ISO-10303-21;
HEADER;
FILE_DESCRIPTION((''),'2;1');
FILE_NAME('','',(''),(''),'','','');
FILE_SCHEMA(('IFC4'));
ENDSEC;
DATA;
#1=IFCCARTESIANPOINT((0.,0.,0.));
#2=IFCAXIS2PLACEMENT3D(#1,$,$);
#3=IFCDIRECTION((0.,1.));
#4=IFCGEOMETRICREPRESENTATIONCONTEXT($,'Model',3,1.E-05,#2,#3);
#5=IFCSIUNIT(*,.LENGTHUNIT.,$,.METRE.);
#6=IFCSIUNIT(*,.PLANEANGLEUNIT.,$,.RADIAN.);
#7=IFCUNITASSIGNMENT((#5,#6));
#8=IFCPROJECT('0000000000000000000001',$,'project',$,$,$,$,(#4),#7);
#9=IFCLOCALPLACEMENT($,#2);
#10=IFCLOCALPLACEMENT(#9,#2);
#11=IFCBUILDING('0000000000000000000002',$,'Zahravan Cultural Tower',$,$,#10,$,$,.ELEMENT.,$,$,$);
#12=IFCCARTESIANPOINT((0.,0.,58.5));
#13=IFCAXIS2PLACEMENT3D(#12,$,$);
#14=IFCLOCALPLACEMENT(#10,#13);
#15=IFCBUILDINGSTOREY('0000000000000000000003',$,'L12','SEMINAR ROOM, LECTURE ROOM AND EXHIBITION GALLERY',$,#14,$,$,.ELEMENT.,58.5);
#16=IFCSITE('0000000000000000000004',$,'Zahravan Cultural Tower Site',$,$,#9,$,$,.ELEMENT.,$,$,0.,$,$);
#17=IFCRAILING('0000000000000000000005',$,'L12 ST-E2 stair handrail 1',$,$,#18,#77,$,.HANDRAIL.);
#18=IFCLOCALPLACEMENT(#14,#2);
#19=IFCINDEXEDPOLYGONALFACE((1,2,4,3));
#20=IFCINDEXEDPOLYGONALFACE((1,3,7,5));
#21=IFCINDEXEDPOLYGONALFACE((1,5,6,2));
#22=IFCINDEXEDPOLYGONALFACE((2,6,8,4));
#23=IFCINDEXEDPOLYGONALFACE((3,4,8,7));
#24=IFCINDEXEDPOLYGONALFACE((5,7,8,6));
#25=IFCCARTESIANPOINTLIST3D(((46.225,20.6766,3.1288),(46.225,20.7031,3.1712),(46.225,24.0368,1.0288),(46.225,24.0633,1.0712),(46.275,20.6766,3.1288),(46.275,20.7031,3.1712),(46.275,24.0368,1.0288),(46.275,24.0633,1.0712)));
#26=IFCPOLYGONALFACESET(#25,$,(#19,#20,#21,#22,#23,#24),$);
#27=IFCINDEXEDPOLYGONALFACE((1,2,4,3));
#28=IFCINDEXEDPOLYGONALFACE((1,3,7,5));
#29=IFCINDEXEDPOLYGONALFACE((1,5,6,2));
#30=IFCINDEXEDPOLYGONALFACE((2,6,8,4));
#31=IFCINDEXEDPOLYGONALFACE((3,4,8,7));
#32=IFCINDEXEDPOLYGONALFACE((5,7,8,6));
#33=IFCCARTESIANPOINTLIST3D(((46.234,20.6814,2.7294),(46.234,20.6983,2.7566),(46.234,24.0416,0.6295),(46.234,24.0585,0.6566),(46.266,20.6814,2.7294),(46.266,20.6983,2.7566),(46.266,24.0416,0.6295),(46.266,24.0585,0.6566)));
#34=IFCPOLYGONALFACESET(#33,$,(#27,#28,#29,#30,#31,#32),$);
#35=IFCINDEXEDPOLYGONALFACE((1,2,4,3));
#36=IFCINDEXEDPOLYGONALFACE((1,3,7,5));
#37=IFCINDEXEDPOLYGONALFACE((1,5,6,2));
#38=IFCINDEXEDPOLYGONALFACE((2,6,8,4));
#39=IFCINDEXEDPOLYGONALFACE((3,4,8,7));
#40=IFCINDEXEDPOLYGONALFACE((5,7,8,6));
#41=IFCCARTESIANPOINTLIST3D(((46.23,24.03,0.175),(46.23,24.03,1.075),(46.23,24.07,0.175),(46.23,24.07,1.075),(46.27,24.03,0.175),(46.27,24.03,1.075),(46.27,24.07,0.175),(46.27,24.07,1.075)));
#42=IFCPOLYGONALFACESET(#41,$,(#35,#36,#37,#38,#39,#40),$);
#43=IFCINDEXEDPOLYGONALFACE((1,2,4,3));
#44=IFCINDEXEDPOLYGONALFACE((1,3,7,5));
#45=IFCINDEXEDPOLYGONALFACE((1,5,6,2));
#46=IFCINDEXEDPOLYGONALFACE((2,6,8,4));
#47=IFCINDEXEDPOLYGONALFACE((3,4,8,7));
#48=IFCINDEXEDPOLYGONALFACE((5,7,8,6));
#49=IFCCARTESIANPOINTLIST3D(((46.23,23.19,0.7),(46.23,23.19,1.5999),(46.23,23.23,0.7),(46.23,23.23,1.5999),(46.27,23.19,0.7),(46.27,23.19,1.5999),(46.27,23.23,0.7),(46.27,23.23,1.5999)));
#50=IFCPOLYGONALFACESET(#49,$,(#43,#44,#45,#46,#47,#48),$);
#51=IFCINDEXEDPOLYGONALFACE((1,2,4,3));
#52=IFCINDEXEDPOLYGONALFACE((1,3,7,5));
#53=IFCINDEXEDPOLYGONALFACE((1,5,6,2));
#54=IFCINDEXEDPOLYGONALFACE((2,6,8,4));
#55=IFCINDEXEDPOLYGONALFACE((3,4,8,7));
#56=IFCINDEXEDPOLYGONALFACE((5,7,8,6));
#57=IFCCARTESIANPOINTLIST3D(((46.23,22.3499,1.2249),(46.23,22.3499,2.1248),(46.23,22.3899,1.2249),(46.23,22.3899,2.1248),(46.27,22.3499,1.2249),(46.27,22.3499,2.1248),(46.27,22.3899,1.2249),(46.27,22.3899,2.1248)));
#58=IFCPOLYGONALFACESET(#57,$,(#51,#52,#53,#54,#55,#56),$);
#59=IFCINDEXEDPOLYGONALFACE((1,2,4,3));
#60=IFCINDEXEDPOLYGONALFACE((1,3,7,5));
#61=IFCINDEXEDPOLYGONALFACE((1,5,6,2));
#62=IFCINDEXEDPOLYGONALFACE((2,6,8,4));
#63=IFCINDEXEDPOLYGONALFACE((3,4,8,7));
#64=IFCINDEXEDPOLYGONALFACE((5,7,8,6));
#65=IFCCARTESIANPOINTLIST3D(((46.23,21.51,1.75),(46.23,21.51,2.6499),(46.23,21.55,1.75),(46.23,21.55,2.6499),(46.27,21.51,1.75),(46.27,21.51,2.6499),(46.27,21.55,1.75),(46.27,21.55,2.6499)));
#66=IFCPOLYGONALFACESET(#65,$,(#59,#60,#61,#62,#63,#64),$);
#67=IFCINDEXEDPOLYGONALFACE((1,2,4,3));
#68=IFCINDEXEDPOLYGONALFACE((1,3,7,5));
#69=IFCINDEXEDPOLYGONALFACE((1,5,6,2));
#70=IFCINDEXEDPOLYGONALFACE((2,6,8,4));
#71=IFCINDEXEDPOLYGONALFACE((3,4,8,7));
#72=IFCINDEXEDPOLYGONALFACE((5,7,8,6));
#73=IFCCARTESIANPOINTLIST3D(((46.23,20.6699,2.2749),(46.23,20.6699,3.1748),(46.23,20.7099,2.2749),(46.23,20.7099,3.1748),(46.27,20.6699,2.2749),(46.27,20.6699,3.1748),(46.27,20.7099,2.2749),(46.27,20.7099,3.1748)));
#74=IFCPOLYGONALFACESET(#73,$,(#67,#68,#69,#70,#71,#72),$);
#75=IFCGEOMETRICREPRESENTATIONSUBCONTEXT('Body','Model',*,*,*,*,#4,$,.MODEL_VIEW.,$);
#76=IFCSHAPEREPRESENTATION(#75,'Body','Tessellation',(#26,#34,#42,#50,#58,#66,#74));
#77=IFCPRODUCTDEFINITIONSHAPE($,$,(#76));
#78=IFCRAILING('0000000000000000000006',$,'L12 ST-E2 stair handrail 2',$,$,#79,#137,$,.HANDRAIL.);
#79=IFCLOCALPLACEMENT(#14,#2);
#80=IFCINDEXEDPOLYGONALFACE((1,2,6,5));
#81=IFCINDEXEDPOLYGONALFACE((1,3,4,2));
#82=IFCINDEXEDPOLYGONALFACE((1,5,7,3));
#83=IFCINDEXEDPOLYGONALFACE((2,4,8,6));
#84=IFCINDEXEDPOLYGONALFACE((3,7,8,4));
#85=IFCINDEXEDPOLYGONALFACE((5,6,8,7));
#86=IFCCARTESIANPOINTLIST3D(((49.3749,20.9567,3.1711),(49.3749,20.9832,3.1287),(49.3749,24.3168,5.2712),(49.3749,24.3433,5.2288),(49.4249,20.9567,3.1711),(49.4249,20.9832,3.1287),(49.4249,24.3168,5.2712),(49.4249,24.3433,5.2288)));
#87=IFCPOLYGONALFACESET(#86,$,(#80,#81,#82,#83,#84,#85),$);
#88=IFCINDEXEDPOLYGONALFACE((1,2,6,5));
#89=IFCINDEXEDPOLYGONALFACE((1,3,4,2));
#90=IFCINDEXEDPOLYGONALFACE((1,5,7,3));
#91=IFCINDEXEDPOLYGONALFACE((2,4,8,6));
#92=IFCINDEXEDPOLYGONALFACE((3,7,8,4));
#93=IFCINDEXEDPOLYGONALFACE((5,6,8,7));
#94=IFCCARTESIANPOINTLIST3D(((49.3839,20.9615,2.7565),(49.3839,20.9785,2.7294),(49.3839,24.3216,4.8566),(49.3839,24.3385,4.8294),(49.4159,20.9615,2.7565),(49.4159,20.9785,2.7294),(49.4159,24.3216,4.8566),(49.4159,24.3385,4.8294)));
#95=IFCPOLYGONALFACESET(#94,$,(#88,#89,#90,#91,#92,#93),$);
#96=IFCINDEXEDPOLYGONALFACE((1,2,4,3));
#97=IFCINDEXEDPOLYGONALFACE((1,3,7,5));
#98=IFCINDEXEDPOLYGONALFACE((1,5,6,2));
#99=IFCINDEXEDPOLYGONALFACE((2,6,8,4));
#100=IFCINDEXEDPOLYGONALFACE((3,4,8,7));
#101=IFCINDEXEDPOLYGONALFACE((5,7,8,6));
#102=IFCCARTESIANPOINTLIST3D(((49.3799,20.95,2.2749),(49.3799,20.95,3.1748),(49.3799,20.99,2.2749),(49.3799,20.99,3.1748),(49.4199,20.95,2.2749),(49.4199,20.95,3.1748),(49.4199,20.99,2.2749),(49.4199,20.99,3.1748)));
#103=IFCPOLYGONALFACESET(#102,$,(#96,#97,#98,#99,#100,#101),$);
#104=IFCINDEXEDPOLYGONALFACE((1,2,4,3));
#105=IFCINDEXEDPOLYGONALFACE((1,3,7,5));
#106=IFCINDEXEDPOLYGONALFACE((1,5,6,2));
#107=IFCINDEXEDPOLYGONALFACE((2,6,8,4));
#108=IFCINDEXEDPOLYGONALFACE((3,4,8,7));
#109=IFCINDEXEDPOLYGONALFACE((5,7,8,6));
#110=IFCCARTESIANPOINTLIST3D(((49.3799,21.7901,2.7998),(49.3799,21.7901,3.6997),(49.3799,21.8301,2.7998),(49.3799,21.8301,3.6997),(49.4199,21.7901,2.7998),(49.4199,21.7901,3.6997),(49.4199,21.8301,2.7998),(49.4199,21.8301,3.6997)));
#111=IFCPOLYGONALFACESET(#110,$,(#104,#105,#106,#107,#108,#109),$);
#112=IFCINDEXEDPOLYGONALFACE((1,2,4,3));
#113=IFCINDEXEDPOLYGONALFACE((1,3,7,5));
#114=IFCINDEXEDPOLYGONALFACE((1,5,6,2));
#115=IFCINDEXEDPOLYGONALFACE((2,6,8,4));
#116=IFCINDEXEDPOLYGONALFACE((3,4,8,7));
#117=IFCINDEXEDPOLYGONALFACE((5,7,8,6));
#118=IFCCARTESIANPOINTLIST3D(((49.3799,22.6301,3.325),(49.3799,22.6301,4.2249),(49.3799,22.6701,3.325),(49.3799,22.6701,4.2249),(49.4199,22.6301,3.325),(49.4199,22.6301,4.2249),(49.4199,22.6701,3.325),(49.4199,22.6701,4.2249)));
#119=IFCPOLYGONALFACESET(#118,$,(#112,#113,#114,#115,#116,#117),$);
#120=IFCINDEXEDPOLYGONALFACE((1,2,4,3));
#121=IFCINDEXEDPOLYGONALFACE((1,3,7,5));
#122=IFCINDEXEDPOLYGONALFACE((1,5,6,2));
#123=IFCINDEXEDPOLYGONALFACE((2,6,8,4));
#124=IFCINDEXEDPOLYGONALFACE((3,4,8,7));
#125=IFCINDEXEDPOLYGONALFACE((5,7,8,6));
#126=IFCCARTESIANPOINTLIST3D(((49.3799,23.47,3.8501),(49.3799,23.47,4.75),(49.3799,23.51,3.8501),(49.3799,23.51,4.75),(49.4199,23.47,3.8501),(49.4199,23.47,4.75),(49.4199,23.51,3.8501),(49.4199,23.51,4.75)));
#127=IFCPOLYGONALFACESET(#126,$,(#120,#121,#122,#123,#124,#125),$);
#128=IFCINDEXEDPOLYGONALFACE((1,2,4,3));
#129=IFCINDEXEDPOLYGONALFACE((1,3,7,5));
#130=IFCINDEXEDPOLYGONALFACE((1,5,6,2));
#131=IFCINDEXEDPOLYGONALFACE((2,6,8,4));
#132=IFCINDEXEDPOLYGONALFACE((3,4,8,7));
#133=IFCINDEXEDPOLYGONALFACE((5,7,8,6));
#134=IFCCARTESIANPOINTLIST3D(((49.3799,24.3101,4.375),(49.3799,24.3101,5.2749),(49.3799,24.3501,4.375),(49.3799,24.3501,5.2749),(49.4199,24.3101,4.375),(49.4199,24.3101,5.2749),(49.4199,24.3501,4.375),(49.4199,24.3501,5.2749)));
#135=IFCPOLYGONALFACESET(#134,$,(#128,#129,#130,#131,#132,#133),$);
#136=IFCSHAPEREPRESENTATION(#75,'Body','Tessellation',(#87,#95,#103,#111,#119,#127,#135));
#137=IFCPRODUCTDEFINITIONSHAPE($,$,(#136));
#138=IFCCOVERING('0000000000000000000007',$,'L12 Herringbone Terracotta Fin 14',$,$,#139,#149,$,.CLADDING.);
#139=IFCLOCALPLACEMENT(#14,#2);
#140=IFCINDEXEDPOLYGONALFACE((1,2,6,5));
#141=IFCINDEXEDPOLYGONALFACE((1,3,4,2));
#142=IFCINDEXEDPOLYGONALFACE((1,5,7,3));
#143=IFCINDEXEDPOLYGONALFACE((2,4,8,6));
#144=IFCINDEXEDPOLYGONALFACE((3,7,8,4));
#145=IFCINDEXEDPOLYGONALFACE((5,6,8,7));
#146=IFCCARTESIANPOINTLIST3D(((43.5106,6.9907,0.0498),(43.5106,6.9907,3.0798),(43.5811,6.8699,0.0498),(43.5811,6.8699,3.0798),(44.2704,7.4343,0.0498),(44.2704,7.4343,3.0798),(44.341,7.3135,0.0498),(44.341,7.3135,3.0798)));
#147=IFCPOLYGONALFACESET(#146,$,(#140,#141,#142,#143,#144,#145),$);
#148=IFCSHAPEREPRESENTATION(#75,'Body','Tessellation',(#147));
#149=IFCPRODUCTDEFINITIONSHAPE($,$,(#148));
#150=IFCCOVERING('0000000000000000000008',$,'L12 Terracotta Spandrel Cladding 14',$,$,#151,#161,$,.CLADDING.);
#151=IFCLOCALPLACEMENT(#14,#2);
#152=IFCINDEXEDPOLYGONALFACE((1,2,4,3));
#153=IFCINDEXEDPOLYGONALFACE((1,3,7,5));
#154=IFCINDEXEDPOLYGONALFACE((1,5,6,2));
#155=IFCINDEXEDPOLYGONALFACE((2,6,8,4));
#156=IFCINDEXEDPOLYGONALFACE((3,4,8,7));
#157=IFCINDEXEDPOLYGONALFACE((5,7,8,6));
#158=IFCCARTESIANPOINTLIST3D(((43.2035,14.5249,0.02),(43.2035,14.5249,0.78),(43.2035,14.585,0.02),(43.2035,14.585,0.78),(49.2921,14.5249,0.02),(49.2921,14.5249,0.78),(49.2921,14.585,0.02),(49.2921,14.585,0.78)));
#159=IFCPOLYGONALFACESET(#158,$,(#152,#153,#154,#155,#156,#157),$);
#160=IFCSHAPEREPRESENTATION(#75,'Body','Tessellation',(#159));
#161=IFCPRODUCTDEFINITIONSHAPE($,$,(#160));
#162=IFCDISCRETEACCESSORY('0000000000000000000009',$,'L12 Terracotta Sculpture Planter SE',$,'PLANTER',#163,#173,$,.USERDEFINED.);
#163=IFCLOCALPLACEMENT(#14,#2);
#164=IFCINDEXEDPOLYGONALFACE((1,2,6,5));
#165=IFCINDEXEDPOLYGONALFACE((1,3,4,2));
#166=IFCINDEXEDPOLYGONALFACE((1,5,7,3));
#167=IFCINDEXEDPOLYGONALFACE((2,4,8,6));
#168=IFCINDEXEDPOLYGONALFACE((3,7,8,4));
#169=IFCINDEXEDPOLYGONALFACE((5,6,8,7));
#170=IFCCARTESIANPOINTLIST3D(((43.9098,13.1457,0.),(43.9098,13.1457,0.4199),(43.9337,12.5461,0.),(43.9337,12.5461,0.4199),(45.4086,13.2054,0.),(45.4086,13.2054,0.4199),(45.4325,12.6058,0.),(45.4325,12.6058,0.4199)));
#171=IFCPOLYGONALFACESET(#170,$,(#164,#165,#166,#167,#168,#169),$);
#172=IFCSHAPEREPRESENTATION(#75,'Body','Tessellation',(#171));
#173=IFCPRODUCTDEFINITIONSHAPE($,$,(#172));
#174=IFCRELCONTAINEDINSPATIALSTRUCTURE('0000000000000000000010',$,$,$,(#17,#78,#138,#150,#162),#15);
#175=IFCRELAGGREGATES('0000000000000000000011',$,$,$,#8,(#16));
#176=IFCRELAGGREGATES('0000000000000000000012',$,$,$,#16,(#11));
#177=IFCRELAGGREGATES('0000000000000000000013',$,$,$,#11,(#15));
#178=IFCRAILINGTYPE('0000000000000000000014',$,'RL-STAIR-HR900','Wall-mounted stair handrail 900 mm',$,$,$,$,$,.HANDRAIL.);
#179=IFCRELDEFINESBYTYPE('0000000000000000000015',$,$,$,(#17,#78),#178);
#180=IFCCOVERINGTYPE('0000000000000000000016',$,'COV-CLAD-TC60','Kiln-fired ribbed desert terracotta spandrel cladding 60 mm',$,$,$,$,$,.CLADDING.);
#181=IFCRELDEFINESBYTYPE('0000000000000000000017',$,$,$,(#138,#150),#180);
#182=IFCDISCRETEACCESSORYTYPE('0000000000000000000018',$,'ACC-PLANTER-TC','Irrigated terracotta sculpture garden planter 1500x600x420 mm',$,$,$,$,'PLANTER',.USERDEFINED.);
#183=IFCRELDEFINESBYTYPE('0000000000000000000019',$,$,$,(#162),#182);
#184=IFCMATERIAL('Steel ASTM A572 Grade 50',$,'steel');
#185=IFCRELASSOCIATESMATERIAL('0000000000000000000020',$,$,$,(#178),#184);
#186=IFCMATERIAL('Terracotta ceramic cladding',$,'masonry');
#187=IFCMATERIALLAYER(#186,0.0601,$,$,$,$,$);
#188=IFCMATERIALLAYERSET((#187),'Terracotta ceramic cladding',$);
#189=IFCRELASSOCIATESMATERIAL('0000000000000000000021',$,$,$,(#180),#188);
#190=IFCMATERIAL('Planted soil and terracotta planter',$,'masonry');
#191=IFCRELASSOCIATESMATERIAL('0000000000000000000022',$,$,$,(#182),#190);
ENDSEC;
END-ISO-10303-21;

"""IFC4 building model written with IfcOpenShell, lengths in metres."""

from ifc_helpers import new_model, si_unit, direction, frame, origin, origin_2d, place, context, subcontext, project, spatial, rectangle, extrude, source, transform, mapped, material, layer, layer_set, type_object, element, save


model = new_model("IFC4")

# Units and contexts
model_context = context("Model", 3, precision=1e-05, world=origin(), true_north=direction((0.0, 1.0)))
body_context = subcontext(model_context, "Body", "Model", "MODEL_VIEW")
ifc_project = project(units=[si_unit("LENGTHUNIT", "METRE"), si_unit("PLANEANGLEUNIT", "RADIAN")], contexts=[model_context])

# Site, building, storey
site_placement = place(None, origin())
site = spatial("IfcSite", under=ifc_project, at=site_placement, Name="Zahravan Cultural Tower Site", CompositionType="ELEMENT", RefElevation=0.0)
building_placement = place(site_placement, origin())
building = spatial("IfcBuilding", under=site, at=building_placement, Name="Zahravan Cultural Tower", CompositionType="ELEMENT")
storey_placement = place(building_placement, frame((0.0, 0.0, 58.5)))
storey = spatial("IfcBuildingStorey", under=building, at=storey_placement, Name="L12", Description="SEMINAR ROOM, LECTURE ROOM AND EXHIBITION GALLERY", CompositionType="ELEMENT", Elevation=58.5)

# Shared definitions
ifc_material_1 = material(Name="Steel ASTM A572 Grade 50", Category="steel")

# Railings
railing_type_1 = type_object("IfcRailingType", Name="RL-STAIR-HR900", Description="Wall-mounted stair handrail 900 mm", PredefinedType="HANDRAIL", material=ifc_material_1)
railing_1_placement = place(storey_placement, frame((46.25, 24.05, 0.175)))
element("IfcRailing", 1, at=railing_1_placement, inside=storey, type_object=railing_type_1, Name="L12 ST-E2 stair handrail 1", PredefinedType="HANDRAIL", context=body_context, shape_type="SweptSolid", body=[
    extrude(rectangle(XDim=0.05, YDim=0.05, at=origin_2d()), frame((0.0, 0.0, 0.875), z_axis=(0.0, -0.848023, 0.52996), x_axis=(1.0, 0.0, 0.0)), (0.0, 0.0, 1.0), 3.9624),
    extrude(rectangle(XDim=0.032, YDim=0.032, at=origin_2d()), frame((0.0, 0.0, 0.468), z_axis=(0.0, -0.848023, 0.52996), x_axis=(1.0, 0.0, 0.0)), (0.0, 0.0, 1.0), 3.9624),
    extrude(rectangle(XDim=0.04, YDim=0.04, at=origin_2d()), origin(), (0.0, 0.0, 1.0), 0.8999),
    extrude(rectangle(XDim=0.04, YDim=0.04, at=origin_2d()), frame((0.0, -0.8401, 0.5249)), (0.0, 0.0, 1.0), 0.8999),
    extrude(rectangle(XDim=0.04, YDim=0.04, at=origin_2d()), frame((0.0, -1.6802, 1.0498)), (0.0, 0.0, 1.0), 0.8999),
    extrude(rectangle(XDim=0.04, YDim=0.04, at=origin_2d()), frame((0.0, -2.52, 1.575)), (0.0, 0.0, 1.0), 0.8999),
    extrude(rectangle(XDim=0.04, YDim=0.04, at=origin_2d()), frame((0.0, -3.3601, 2.0999)), (0.0, 0.0, 1.0), 0.8999),
])
railing_2_placement = place(storey_placement, frame((49.3999, 20.97, 2.2749)))
element("IfcRailing", 2, at=railing_2_placement, inside=storey, type_object=railing_type_1, Name="L12 ST-E2 stair handrail 2", PredefinedType="HANDRAIL", context=body_context, shape_type="SweptSolid", body=[
    extrude(rectangle(XDim=0.05, YDim=0.05, at=origin_2d()), frame((0.0, 0.0, 0.875), z_axis=(0.0, 0.847995, 0.530004), x_axis=(-1.0, 0.0, 0.0)), (0.0, 0.0, 1.0), 3.9624),
    extrude(rectangle(XDim=0.032, YDim=0.032, at=origin_2d()), frame((0.0, 0.0, 0.468), z_axis=(0.0, 0.847995, 0.530004), x_axis=(-1.0, 0.0, 0.0)), (0.0, 0.0, 1.0), 3.9624),
    extrude(rectangle(XDim=0.04, YDim=0.04, at=origin_2d()), origin(), (0.0, 0.0, 1.0), 0.8999),
    extrude(rectangle(XDim=0.04, YDim=0.04, at=origin_2d()), frame((0.0, 0.8401, 0.5249)), (0.0, 0.0, 1.0), 0.8999),
    extrude(rectangle(XDim=0.04, YDim=0.04, at=origin_2d()), frame((0.0, 1.6802, 1.05)), (0.0, 0.0, 1.0), 0.8999),
    extrude(rectangle(XDim=0.04, YDim=0.04, at=origin_2d()), frame((0.0, 2.52, 1.5752)), (0.0, 0.0, 1.0), 0.8999),
    extrude(rectangle(XDim=0.04, YDim=0.04, at=origin_2d()), frame((0.0, 3.3601, 2.1001)), (0.0, 0.0, 1.0), 0.8999),
])

# Coverings
ifc_material_2 = material(Name="Terracotta ceramic cladding", Category="masonry")
ifc_layer_1 = layer(ifc_material_2, 0.0601)
ifc_layer_set_1 = layer_set([ifc_layer_1], Name="Terracotta ceramic cladding")
covering_type = type_object("IfcCoveringType", Name="COV-CLAD-TC60", Description="Kiln-fired ribbed desert terracotta spandrel cladding 60 mm", PredefinedType="CLADDING", material=ifc_layer_set_1)
shared_shape_1 = source(origin(), body_context, "Body", "SweptSolid", [
    extrude(rectangle(XDim=0.8799, YDim=0.1399, at=origin_2d()), origin(), (0.0, 0.0, 1.0), 3.03),
])
covering_1_placement = place(storey_placement, frame((43.9258, 7.1521, 0.0498), z_axis=(0.0, 0.0, 1.0), x_axis=(0.863572, 0.504226, 0.0)))
element("IfcCovering", 3, at=covering_1_placement, inside=storey, type_object=covering_type, Name="L12 Herringbone Terracotta Fin 14", PredefinedType="CLADDING", context=body_context, shape_type="MappedRepresentation", body=[
    mapped(shared_shape_1, transform((0.0, 0.0, 0.0), x_axis=(1.0, 0.0, 0.0), y_axis=(0.0, 1.0, 0.0), z_axis=(0.0, 0.0, 1.0), scale=1.0)),
])
shared_shape_2 = source(origin(), body_context, "Body", "SweptSolid", [
    extrude(rectangle(XDim=6.0886, YDim=0.0601, at=origin_2d()), origin(), (0.0, 0.0, 1.0), 0.76),
])
covering_2_placement = place(storey_placement, frame((46.2478, 14.5549, 0.02), z_axis=(0.0, 0.0, 1.0), x_axis=(-1.0, 0.0, 0.0)))
element("IfcCovering", 4, at=covering_2_placement, inside=storey, type_object=covering_type, Name="L12 Terracotta Spandrel Cladding 14", PredefinedType="CLADDING", context=body_context, shape_type="MappedRepresentation", body=[
    mapped(shared_shape_2, transform((0.0, 0.0, 0.0), x_axis=(1.0, 0.0, 0.0), y_axis=(0.0, 1.0, 0.0), z_axis=(0.0, 0.0, 1.0), scale=1.0)),
])

# Discrete accessory
ifc_material_3 = material(Name="Planted soil and terracotta planter", Category="masonry")
discrete_accessory_type = type_object("IfcDiscreteAccessoryType", Name="ACC-PLANTER-TC", Description="Irrigated terracotta sculpture garden planter 1500x600x420 mm", ElementType="PLANTER", PredefinedType="USERDEFINED", material=ifc_material_3)
shared_shape_3 = source(origin(), body_context, "Body", "SweptSolid", [
    extrude(rectangle(XDim=1.5, YDim=0.6001, at=origin_2d()), origin(), (0.0, 0.0, 1.0), 0.4199),
])
discrete_accessory_placement = place(storey_placement, frame((44.6711, 12.8757, 0.0), z_axis=(0.0, 0.0, 1.0), x_axis=(0.999208, 0.039783, 0.0)))
element("IfcDiscreteAccessory", 5, at=discrete_accessory_placement, inside=storey, type_object=discrete_accessory_type, Name="L12 Terracotta Sculpture Planter SE", ObjectType="PLANTER", PredefinedType="USERDEFINED", context=body_context, shape_type="MappedRepresentation", body=[
    mapped(shared_shape_3, transform((0.0, 0.0, 0.0), x_axis=(1.0, 0.0, 0.0), y_axis=(0.0, 1.0, 0.0), z_axis=(0.0, 0.0, 1.0), scale=1.0)),
])

save(model, "model.ifc")
